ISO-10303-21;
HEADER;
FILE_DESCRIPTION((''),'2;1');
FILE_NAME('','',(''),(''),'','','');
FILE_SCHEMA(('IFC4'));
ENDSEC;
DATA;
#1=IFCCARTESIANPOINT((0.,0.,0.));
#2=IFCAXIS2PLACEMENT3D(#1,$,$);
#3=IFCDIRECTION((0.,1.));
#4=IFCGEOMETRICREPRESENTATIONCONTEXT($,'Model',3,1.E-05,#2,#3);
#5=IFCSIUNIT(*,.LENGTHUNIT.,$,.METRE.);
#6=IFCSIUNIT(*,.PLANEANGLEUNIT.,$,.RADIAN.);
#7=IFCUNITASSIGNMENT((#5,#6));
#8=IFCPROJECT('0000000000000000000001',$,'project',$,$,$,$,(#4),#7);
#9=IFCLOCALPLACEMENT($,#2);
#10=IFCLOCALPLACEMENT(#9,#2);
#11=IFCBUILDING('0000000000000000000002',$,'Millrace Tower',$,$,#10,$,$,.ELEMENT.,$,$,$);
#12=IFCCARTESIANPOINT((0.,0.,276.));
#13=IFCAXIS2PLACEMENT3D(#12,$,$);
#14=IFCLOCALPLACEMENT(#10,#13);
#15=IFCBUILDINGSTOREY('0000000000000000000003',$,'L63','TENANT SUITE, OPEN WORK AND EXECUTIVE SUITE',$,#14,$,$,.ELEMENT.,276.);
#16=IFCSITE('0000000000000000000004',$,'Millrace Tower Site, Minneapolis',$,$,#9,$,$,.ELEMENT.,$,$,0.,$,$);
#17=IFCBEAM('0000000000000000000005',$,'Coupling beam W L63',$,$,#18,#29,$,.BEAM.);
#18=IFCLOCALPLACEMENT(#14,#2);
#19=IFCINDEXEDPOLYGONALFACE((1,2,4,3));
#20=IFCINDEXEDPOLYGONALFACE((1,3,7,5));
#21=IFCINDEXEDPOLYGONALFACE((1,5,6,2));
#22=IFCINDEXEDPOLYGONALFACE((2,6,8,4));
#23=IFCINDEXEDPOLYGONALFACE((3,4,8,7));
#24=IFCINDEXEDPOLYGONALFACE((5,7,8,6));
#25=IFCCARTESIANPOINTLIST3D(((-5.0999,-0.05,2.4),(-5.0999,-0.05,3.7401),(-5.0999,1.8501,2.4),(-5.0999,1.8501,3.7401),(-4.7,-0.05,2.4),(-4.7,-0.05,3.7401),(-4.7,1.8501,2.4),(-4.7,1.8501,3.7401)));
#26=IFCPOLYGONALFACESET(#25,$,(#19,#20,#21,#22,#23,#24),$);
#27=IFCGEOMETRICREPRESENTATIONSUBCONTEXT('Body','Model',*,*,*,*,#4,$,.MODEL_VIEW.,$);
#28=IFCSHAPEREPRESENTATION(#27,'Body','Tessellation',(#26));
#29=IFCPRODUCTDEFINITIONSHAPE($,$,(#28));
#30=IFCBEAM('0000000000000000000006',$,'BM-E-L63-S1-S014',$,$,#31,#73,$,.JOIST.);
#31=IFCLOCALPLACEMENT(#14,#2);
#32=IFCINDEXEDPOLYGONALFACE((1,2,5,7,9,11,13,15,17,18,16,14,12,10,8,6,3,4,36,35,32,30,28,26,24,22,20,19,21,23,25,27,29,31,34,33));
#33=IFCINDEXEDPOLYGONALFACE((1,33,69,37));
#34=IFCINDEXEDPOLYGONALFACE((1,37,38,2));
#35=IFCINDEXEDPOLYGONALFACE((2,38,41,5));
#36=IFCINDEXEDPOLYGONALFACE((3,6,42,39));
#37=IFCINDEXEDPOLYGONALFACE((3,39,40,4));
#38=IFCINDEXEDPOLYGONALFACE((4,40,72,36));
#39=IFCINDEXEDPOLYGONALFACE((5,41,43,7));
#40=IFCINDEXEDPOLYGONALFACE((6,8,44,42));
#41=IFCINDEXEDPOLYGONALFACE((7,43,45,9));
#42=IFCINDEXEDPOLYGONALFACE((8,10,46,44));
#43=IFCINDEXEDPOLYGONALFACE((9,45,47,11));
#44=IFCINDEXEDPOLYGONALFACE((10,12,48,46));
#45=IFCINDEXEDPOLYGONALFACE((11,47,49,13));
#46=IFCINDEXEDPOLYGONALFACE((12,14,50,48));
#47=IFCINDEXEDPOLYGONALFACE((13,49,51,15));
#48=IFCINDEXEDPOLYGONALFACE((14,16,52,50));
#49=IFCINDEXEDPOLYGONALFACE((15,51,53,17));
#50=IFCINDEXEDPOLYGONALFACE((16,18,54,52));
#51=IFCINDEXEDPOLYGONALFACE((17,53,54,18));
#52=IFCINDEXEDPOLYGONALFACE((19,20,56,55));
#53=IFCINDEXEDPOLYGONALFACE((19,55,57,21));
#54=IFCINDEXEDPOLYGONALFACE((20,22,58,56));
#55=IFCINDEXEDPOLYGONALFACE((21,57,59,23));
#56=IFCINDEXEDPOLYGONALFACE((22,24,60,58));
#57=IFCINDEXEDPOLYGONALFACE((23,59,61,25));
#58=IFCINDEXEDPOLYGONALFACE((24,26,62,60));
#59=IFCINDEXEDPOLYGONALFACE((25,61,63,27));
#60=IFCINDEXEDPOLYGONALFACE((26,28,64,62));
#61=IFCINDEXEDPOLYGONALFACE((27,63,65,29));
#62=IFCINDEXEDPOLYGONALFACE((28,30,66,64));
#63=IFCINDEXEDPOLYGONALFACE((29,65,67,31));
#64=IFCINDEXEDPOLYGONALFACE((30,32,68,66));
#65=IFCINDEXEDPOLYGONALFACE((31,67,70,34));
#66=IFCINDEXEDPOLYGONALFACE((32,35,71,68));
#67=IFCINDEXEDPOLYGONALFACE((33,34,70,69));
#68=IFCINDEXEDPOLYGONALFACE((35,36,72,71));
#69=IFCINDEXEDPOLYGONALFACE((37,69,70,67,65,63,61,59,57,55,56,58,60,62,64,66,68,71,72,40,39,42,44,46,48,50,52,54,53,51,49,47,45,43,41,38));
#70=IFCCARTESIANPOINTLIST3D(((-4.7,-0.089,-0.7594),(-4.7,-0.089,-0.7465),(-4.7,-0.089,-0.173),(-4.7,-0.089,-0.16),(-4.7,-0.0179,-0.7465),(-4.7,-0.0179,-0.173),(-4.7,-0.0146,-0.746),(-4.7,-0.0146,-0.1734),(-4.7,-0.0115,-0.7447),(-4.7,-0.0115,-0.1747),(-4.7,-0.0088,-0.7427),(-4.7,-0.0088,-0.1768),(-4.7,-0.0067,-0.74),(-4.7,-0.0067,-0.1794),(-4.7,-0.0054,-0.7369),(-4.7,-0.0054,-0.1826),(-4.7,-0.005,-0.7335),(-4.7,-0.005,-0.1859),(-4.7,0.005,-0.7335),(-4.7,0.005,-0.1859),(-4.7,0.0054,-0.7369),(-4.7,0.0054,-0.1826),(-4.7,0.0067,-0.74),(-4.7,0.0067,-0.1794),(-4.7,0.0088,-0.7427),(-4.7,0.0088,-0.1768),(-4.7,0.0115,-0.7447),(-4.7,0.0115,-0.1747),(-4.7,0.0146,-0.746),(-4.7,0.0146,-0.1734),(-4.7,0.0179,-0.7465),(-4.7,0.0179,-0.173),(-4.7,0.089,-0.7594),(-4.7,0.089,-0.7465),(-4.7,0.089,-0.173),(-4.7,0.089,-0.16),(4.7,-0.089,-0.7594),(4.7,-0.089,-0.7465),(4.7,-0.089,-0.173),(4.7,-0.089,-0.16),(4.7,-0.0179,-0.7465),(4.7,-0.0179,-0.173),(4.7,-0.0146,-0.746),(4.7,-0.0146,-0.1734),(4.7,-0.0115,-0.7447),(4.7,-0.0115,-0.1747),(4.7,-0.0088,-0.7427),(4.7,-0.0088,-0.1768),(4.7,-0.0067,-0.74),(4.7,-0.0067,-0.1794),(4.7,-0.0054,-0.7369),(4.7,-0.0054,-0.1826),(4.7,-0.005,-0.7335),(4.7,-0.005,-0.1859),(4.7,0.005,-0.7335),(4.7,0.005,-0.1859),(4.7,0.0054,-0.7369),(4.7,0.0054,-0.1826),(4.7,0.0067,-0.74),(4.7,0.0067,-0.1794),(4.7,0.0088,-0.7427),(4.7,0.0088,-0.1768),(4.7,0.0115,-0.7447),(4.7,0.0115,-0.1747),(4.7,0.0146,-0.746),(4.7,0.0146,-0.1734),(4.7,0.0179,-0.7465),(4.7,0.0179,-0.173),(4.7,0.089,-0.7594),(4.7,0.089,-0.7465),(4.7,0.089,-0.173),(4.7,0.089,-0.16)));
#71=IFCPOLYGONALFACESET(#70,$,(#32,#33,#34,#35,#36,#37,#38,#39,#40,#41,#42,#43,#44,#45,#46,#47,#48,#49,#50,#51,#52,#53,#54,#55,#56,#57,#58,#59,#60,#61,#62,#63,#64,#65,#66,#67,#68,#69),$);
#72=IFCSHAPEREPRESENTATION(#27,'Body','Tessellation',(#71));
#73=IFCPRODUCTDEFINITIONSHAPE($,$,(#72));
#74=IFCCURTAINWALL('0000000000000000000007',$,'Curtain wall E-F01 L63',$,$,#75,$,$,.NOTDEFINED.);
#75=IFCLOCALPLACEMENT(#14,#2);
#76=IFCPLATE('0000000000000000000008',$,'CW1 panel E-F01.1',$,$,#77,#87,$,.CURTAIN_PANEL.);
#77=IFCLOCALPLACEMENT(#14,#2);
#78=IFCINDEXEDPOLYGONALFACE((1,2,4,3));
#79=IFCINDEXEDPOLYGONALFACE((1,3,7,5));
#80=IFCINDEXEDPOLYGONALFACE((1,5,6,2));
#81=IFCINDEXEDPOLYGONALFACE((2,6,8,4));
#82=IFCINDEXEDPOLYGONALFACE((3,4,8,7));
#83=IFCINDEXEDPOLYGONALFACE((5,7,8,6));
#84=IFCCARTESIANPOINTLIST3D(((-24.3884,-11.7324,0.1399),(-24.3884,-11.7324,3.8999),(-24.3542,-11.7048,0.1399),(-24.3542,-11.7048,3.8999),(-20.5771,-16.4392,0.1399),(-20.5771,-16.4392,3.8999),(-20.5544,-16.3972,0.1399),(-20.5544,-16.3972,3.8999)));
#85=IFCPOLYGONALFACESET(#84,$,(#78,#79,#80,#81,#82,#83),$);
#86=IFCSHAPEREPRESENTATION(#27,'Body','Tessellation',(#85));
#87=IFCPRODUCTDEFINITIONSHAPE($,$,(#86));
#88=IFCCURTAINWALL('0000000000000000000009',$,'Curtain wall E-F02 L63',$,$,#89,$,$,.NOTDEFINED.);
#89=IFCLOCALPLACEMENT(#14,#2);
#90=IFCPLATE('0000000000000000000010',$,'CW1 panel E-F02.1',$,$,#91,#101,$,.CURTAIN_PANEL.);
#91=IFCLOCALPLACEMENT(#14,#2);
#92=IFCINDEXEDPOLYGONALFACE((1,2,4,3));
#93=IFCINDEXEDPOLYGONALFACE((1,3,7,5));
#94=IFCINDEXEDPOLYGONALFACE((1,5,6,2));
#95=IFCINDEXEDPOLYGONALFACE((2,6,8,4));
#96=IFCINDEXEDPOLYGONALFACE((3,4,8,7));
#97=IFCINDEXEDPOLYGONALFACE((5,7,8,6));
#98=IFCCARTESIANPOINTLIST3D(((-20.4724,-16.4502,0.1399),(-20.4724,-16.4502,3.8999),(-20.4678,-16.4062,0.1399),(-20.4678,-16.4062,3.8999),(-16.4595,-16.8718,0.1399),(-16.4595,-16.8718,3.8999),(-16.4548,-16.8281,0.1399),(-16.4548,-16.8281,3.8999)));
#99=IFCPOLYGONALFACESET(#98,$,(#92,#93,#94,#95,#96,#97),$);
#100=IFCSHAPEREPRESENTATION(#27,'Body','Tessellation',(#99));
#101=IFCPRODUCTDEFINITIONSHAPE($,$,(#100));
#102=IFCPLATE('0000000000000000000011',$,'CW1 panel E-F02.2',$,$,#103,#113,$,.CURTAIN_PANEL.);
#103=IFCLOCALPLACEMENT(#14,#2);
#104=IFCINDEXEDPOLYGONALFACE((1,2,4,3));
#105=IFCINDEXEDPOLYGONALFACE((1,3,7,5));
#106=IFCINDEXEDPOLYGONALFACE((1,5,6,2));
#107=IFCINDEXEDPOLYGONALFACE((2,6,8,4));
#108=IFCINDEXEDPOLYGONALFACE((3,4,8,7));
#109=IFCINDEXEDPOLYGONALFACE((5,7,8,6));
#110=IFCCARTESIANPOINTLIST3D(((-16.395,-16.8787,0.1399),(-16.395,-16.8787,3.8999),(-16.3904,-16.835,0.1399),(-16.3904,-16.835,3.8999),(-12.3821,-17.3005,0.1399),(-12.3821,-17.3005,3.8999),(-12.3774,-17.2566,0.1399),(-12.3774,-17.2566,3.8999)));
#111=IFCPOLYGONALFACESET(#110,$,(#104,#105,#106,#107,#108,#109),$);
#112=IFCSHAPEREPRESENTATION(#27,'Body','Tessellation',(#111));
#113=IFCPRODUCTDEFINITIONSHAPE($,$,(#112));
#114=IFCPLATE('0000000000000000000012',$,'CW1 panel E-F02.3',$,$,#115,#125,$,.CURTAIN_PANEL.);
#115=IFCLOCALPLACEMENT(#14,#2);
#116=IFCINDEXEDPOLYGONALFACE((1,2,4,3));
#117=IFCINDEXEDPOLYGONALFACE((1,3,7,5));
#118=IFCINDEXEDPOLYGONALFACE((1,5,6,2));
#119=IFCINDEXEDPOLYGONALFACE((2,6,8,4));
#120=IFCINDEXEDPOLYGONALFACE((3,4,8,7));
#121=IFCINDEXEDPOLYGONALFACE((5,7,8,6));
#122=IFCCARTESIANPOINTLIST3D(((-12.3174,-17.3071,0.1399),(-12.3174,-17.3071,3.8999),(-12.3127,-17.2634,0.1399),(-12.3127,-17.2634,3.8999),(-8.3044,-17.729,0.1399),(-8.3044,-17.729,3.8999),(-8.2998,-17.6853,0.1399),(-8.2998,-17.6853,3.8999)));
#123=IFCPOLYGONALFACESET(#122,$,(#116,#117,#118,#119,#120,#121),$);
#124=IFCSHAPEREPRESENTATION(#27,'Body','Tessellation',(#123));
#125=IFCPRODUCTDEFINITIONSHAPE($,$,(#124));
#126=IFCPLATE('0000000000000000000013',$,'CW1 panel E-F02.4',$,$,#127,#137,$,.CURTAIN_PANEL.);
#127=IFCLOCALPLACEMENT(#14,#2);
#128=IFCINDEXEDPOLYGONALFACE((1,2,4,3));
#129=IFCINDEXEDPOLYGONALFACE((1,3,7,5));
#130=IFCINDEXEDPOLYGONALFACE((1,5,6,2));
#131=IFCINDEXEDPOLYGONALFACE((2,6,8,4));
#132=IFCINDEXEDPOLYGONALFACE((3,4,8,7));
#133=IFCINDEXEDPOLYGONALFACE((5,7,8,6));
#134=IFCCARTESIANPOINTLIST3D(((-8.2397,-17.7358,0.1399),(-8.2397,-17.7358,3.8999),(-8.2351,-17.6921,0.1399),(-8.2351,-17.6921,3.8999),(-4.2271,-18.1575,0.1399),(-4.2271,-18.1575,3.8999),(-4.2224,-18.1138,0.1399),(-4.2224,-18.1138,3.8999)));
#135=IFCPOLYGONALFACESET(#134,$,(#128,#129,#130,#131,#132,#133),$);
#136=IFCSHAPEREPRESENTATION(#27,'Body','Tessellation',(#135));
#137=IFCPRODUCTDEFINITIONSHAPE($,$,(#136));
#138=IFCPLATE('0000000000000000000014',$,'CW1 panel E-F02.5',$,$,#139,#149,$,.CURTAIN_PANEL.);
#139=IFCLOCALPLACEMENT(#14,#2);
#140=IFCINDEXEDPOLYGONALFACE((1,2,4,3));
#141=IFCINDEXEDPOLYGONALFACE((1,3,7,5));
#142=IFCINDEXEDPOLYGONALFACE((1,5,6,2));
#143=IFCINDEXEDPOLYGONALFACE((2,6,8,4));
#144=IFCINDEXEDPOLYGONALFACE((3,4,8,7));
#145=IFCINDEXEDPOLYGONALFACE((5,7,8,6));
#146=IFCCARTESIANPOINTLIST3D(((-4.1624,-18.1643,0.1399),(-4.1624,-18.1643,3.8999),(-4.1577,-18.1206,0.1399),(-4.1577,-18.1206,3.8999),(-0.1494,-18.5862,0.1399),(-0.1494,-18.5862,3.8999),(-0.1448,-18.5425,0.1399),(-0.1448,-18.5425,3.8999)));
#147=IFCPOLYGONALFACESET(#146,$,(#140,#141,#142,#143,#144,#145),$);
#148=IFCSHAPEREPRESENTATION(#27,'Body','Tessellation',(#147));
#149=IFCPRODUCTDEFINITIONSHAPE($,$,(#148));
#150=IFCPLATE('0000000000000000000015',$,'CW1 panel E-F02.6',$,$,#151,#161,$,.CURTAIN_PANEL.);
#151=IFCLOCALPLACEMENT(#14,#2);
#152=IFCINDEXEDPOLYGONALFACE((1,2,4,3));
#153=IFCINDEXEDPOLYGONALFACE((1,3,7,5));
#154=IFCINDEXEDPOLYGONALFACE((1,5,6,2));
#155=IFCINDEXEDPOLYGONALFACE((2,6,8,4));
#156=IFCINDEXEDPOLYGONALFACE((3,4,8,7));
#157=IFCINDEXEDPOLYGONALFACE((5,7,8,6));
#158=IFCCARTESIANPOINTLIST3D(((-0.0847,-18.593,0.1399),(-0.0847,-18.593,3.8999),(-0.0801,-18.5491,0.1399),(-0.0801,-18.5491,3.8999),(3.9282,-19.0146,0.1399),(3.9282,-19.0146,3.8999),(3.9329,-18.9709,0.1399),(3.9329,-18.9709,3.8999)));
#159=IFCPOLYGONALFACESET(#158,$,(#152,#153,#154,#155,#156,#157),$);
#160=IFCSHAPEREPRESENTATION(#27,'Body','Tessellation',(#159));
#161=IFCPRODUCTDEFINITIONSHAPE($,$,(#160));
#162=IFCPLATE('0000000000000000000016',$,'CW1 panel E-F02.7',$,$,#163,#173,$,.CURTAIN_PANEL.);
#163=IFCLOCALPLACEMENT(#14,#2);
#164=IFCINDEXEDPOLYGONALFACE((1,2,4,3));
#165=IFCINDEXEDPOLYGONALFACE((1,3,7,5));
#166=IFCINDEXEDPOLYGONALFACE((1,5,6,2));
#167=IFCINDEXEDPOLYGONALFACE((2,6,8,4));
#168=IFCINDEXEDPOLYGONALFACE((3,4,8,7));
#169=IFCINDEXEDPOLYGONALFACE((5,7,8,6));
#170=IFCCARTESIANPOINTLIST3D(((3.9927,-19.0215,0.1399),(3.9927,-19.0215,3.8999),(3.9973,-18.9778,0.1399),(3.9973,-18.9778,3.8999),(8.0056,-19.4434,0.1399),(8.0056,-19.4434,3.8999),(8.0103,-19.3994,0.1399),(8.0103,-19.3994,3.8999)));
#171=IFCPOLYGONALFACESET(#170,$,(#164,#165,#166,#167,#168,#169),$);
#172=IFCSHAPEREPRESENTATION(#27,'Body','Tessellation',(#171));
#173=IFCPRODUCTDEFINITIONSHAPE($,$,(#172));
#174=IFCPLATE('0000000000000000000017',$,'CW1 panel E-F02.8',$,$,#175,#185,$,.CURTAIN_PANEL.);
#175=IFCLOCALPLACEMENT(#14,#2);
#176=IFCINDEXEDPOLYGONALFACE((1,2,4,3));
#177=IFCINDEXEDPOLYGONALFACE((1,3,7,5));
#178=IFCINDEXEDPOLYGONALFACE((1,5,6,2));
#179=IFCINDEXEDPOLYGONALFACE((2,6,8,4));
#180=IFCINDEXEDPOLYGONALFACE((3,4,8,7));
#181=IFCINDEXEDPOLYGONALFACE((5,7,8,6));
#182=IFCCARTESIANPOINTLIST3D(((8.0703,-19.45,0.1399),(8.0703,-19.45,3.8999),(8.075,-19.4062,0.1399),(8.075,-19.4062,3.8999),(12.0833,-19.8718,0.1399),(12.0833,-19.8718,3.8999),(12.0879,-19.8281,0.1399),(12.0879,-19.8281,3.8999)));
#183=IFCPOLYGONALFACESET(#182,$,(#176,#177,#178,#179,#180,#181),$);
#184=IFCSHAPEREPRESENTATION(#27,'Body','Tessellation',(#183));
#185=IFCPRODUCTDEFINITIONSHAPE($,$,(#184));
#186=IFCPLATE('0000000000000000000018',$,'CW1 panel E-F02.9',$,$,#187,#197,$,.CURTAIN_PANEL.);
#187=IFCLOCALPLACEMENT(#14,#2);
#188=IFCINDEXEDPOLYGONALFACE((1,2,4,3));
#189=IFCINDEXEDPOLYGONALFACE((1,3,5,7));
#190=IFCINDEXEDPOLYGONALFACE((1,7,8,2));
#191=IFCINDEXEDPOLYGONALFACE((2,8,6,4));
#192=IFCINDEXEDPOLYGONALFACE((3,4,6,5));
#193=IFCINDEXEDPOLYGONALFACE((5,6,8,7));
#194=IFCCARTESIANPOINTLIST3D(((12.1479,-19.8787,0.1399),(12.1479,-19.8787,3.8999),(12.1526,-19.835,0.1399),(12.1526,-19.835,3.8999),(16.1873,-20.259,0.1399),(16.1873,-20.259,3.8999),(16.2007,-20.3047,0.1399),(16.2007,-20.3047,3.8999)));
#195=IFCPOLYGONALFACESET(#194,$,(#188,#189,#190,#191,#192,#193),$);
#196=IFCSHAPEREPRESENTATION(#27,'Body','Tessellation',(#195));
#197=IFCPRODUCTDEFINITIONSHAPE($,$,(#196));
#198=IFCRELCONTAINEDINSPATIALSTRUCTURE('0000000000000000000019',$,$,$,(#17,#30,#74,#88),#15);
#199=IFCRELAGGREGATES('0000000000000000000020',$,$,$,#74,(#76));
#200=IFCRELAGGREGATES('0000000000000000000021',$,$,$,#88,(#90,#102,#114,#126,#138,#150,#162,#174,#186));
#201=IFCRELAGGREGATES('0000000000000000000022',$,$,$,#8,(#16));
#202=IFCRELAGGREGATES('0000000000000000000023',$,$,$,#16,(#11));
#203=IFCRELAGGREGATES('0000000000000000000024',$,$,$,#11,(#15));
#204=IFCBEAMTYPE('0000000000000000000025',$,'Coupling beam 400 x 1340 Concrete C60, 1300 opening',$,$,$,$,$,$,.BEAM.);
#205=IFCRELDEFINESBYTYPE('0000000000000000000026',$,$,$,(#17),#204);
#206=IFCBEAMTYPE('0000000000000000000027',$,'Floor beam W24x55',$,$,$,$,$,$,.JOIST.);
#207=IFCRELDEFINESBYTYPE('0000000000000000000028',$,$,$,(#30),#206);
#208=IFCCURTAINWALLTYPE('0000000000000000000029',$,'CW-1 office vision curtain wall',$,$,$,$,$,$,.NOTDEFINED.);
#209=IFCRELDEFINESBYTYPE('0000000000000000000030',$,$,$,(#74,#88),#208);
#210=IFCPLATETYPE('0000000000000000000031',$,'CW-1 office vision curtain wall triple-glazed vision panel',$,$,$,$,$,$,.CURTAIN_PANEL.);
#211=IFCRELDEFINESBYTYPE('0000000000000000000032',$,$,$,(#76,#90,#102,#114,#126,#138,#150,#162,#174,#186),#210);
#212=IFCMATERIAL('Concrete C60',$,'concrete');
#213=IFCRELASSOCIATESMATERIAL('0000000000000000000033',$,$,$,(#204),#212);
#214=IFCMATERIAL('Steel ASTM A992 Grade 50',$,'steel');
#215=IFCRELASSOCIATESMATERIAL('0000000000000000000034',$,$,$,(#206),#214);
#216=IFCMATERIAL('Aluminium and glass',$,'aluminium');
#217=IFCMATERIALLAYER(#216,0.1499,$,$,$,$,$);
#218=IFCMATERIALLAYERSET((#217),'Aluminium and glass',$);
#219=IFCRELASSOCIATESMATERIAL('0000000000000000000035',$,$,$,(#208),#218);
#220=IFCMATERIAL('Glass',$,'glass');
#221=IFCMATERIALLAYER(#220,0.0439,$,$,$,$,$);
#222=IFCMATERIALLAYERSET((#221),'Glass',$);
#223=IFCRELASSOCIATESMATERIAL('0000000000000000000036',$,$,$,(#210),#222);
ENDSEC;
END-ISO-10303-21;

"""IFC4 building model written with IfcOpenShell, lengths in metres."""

from ifc_helpers import new_model, si_unit, direction, frame, origin, origin_2d, place, context, subcontext, project, spatial, polyline, rectangle, i_section, outline, extrude, material, layer, layer_set, material_profile, profile_set, type_object, element, aggregate, save


model = new_model("IFC4")

# Units and contexts
model_context = context("Model", 3, precision=1e-05, world=origin(), true_north=direction((0.0, 1.0)))
body_context = subcontext(model_context, "Body", "Model", "MODEL_VIEW")
ifc_project = project(units=[si_unit("LENGTHUNIT", "METRE"), si_unit("PLANEANGLEUNIT", "RADIAN")], contexts=[model_context])

# Site, building, storey
site_placement = place(None, origin())
site = spatial("IfcSite", under=ifc_project, at=site_placement, Name="Millrace Tower Site, Minneapolis", CompositionType="ELEMENT", RefElevation=0.0)
building_placement = place(site_placement, origin())
building = spatial("IfcBuilding", under=site, at=building_placement, Name="Millrace Tower", CompositionType="ELEMENT")
storey_placement = place(building_placement, frame((0.0, 0.0, 276.0)))
storey = spatial("IfcBuildingStorey", under=building, at=storey_placement, Name="L63", Description="TENANT SUITE, OPEN WORK AND EXECUTIVE SUITE", CompositionType="ELEMENT", Elevation=276.0)

# Beams
ifc_material_1 = material(Name="Concrete C60", Category="concrete")
ifc_material_profile_1 = material_profile(ifc_material_1, rectangle(XDim=0.3999, YDim=1.3401, at=origin_2d()))
ifc_profile_set_1 = profile_set([ifc_material_profile_1], Name="Concrete C60")
beam_type_1 = type_object("IfcBeamType", Name="Coupling beam 400 x 1340 Concrete C60, 1300 opening", PredefinedType="BEAM", material=ifc_profile_set_1)
beam_1_placement = place(storey_placement, frame((-4.8999, -0.05, 3.0701), z_axis=(0.0, 1.0, 0.0), x_axis=(-1.0, 0.0, 0.0)))
element("IfcBeam", 1, at=beam_1_placement, inside=storey, type_object=beam_type_1, Name="Coupling beam W L63", PredefinedType="BEAM", context=body_context, shape_type="SweptSolid", body=[
    extrude(rectangle(XDim=0.3999, YDim=1.3401, at=origin_2d()), origin(), (0.0, 0.0, 1.0), 1.9001),
])
ifc_material_2 = material(Name="Steel ASTM A992 Grade 50", Category="steel")
ifc_material_profile_2 = material_profile(ifc_material_2, i_section(OverallWidth=0.178, OverallDepth=0.5994, WebThickness=0.01, FlangeThickness=0.0129, FilletRadius=0.0129, at=origin_2d()))
ifc_profile_set_2 = profile_set([ifc_material_profile_2], Name="Steel ASTM A992 Grade 50")
beam_type_2 = type_object("IfcBeamType", Name="Floor beam W24x55", PredefinedType="JOIST", material=ifc_profile_set_2)
beam_2_placement = place(storey_placement, frame((-4.7, 0.0, -0.4597), z_axis=(1.0, 0.0, 0.0), x_axis=(0.0, 1.0, 0.0)))
element("IfcBeam", 2, at=beam_2_placement, inside=storey, type_object=beam_type_2, Name="BM-E-L63-S1-S014", PredefinedType="JOIST", context=body_context, shape_type="SweptSolid", body=[
    extrude(i_section(OverallWidth=0.178, OverallDepth=0.5994, WebThickness=0.01, FlangeThickness=0.0129, FilletRadius=0.0129, at=origin_2d()), origin(), (0.0, 0.0, 1.0), 9.3999),
])

# Curtain wall, plate
ifc_material_3 = material(Name="Aluminium and glass", Category="aluminium")
ifc_layer_1 = layer(ifc_material_3, 0.1499)
ifc_layer_set_1 = layer_set([ifc_layer_1], Name="Aluminium and glass")
curtain_wall_type = type_object("IfcCurtainWallType", Name="CW-1 office vision curtain wall", PredefinedType="NOTDEFINED", material=ifc_layer_set_1)
placement_1 = place(storey_placement, origin())
curtain_wall_1 = element("IfcCurtainWall", 3, at=placement_1, inside=storey, type_object=curtain_wall_type, Name="Curtain wall E-F01 L63", PredefinedType="NOTDEFINED")
ifc_material_4 = material(Name="Glass", Category="glass")
ifc_layer_2 = layer(ifc_material_4, 0.0439)
ifc_layer_set_2 = layer_set([ifc_layer_2], Name="Glass")
plate_type = type_object("IfcPlateType", Name="CW-1 office vision curtain wall triple-glazed vision panel", PredefinedType="CURTAIN_PANEL", material=ifc_layer_set_2)
placement_2 = place(storey_placement, frame((0.0, 0.0, 0.1399)))
plate_1 = element("IfcPlate", 4, at=placement_2, type_object=plate_type, Name="CW1 panel E-F01.1", PredefinedType="CURTAIN_PANEL", context=body_context, shape_type="SweptSolid", body=[
    extrude(outline(polyline([(-24.3884, -11.7324), (-20.5771, -16.4392), (-20.5544, -16.3972), (-24.3542, -11.7048), (-24.3884, -11.7324)])), origin(), (0.0, 0.0, 1.0), 3.76),
])
aggregate(curtain_wall_1, [plate_1])

# Curtain wall, plates
curtain_wall_2 = element("IfcCurtainWall", 5, at=placement_1, inside=storey, type_object=curtain_wall_type, Name="Curtain wall E-F02 L63", PredefinedType="NOTDEFINED")
plate_2 = element("IfcPlate", 6, at=placement_2, type_object=plate_type, Name="CW1 panel E-F02.1", PredefinedType="CURTAIN_PANEL", context=body_context, shape_type="SweptSolid", body=[
    extrude(outline(polyline([(-20.4724, -16.4502), (-16.4595, -16.8718), (-16.4548, -16.8281), (-20.4678, -16.4062), (-20.4724, -16.4502)])), origin(), (0.0, 0.0, 1.0), 3.76),
])
plate_3 = element("IfcPlate", 7, at=placement_2, type_object=plate_type, Name="CW1 panel E-F02.2", PredefinedType="CURTAIN_PANEL", context=body_context, shape_type="SweptSolid", body=[
    extrude(outline(polyline([(-16.395, -16.8787), (-12.3821, -17.3005), (-12.3774, -17.2566), (-16.3904, -16.835), (-16.395, -16.8787)])), origin(), (0.0, 0.0, 1.0), 3.76),
])
plate_4 = element("IfcPlate", 8, at=placement_2, type_object=plate_type, Name="CW1 panel E-F02.3", PredefinedType="CURTAIN_PANEL", context=body_context, shape_type="SweptSolid", body=[
    extrude(outline(polyline([(-12.3174, -17.3071), (-8.3044, -17.729), (-8.2998, -17.6853), (-12.3127, -17.2634), (-12.3174, -17.3071)])), origin(), (0.0, 0.0, 1.0), 3.76),
])
plate_5 = element("IfcPlate", 9, at=placement_2, type_object=plate_type, Name="CW1 panel E-F02.4", PredefinedType="CURTAIN_PANEL", context=body_context, shape_type="SweptSolid", body=[
    extrude(outline(polyline([(-8.2397, -17.7358), (-4.2271, -18.1575), (-4.2224, -18.1138), (-8.2351, -17.6921), (-8.2397, -17.7358)])), origin(), (0.0, 0.0, 1.0), 3.76),
])
plate_6 = element("IfcPlate", 10, at=placement_2, type_object=plate_type, Name="CW1 panel E-F02.5", PredefinedType="CURTAIN_PANEL", context=body_context, shape_type="SweptSolid", body=[
    extrude(outline(polyline([(-4.1624, -18.1643), (-0.1494, -18.5862), (-0.1448, -18.5425), (-4.1577, -18.1206), (-4.1624, -18.1643)])), origin(), (0.0, 0.0, 1.0), 3.76),
])
plate_7 = element("IfcPlate", 11, at=placement_2, type_object=plate_type, Name="CW1 panel E-F02.6", PredefinedType="CURTAIN_PANEL", context=body_context, shape_type="SweptSolid", body=[
    extrude(outline(polyline([(-0.0847, -18.593), (3.9282, -19.0146), (3.9329, -18.9709), (-0.0801, -18.5491), (-0.0847, -18.593)])), origin(), (0.0, 0.0, 1.0), 3.76),
])
plate_8 = element("IfcPlate", 12, at=placement_2, type_object=plate_type, Name="CW1 panel E-F02.7", PredefinedType="CURTAIN_PANEL", context=body_context, shape_type="SweptSolid", body=[
    extrude(outline(polyline([(3.9927, -19.0215), (8.0056, -19.4434), (8.0103, -19.3994), (3.9973, -18.9778), (3.9927, -19.0215)])), origin(), (0.0, 0.0, 1.0), 3.76),
])
plate_9 = element("IfcPlate", 13, at=placement_2, type_object=plate_type, Name="CW1 panel E-F02.8", PredefinedType="CURTAIN_PANEL", context=body_context, shape_type="SweptSolid", body=[
    extrude(outline(polyline([(8.0703, -19.45), (12.0833, -19.8718), (12.0879, -19.8281), (8.075, -19.4062), (8.0703, -19.45)])), origin(), (0.0, 0.0, 1.0), 3.76),
])
plate_10 = element("IfcPlate", 14, at=placement_2, type_object=plate_type, Name="CW1 panel E-F02.9", PredefinedType="CURTAIN_PANEL", context=body_context, shape_type="SweptSolid", body=[
    extrude(outline(polyline([(12.1479, -19.8787), (16.2007, -20.3047), (16.1873, -20.259), (12.1526, -19.835), (12.1479, -19.8787)])), origin(), (0.0, 0.0, 1.0), 3.76),
])
aggregate(curtain_wall_2, [plate_2, plate_3, plate_4, plate_5, plate_6, plate_7, plate_8, plate_9, plate_10])

save(model, "model.ifc")
